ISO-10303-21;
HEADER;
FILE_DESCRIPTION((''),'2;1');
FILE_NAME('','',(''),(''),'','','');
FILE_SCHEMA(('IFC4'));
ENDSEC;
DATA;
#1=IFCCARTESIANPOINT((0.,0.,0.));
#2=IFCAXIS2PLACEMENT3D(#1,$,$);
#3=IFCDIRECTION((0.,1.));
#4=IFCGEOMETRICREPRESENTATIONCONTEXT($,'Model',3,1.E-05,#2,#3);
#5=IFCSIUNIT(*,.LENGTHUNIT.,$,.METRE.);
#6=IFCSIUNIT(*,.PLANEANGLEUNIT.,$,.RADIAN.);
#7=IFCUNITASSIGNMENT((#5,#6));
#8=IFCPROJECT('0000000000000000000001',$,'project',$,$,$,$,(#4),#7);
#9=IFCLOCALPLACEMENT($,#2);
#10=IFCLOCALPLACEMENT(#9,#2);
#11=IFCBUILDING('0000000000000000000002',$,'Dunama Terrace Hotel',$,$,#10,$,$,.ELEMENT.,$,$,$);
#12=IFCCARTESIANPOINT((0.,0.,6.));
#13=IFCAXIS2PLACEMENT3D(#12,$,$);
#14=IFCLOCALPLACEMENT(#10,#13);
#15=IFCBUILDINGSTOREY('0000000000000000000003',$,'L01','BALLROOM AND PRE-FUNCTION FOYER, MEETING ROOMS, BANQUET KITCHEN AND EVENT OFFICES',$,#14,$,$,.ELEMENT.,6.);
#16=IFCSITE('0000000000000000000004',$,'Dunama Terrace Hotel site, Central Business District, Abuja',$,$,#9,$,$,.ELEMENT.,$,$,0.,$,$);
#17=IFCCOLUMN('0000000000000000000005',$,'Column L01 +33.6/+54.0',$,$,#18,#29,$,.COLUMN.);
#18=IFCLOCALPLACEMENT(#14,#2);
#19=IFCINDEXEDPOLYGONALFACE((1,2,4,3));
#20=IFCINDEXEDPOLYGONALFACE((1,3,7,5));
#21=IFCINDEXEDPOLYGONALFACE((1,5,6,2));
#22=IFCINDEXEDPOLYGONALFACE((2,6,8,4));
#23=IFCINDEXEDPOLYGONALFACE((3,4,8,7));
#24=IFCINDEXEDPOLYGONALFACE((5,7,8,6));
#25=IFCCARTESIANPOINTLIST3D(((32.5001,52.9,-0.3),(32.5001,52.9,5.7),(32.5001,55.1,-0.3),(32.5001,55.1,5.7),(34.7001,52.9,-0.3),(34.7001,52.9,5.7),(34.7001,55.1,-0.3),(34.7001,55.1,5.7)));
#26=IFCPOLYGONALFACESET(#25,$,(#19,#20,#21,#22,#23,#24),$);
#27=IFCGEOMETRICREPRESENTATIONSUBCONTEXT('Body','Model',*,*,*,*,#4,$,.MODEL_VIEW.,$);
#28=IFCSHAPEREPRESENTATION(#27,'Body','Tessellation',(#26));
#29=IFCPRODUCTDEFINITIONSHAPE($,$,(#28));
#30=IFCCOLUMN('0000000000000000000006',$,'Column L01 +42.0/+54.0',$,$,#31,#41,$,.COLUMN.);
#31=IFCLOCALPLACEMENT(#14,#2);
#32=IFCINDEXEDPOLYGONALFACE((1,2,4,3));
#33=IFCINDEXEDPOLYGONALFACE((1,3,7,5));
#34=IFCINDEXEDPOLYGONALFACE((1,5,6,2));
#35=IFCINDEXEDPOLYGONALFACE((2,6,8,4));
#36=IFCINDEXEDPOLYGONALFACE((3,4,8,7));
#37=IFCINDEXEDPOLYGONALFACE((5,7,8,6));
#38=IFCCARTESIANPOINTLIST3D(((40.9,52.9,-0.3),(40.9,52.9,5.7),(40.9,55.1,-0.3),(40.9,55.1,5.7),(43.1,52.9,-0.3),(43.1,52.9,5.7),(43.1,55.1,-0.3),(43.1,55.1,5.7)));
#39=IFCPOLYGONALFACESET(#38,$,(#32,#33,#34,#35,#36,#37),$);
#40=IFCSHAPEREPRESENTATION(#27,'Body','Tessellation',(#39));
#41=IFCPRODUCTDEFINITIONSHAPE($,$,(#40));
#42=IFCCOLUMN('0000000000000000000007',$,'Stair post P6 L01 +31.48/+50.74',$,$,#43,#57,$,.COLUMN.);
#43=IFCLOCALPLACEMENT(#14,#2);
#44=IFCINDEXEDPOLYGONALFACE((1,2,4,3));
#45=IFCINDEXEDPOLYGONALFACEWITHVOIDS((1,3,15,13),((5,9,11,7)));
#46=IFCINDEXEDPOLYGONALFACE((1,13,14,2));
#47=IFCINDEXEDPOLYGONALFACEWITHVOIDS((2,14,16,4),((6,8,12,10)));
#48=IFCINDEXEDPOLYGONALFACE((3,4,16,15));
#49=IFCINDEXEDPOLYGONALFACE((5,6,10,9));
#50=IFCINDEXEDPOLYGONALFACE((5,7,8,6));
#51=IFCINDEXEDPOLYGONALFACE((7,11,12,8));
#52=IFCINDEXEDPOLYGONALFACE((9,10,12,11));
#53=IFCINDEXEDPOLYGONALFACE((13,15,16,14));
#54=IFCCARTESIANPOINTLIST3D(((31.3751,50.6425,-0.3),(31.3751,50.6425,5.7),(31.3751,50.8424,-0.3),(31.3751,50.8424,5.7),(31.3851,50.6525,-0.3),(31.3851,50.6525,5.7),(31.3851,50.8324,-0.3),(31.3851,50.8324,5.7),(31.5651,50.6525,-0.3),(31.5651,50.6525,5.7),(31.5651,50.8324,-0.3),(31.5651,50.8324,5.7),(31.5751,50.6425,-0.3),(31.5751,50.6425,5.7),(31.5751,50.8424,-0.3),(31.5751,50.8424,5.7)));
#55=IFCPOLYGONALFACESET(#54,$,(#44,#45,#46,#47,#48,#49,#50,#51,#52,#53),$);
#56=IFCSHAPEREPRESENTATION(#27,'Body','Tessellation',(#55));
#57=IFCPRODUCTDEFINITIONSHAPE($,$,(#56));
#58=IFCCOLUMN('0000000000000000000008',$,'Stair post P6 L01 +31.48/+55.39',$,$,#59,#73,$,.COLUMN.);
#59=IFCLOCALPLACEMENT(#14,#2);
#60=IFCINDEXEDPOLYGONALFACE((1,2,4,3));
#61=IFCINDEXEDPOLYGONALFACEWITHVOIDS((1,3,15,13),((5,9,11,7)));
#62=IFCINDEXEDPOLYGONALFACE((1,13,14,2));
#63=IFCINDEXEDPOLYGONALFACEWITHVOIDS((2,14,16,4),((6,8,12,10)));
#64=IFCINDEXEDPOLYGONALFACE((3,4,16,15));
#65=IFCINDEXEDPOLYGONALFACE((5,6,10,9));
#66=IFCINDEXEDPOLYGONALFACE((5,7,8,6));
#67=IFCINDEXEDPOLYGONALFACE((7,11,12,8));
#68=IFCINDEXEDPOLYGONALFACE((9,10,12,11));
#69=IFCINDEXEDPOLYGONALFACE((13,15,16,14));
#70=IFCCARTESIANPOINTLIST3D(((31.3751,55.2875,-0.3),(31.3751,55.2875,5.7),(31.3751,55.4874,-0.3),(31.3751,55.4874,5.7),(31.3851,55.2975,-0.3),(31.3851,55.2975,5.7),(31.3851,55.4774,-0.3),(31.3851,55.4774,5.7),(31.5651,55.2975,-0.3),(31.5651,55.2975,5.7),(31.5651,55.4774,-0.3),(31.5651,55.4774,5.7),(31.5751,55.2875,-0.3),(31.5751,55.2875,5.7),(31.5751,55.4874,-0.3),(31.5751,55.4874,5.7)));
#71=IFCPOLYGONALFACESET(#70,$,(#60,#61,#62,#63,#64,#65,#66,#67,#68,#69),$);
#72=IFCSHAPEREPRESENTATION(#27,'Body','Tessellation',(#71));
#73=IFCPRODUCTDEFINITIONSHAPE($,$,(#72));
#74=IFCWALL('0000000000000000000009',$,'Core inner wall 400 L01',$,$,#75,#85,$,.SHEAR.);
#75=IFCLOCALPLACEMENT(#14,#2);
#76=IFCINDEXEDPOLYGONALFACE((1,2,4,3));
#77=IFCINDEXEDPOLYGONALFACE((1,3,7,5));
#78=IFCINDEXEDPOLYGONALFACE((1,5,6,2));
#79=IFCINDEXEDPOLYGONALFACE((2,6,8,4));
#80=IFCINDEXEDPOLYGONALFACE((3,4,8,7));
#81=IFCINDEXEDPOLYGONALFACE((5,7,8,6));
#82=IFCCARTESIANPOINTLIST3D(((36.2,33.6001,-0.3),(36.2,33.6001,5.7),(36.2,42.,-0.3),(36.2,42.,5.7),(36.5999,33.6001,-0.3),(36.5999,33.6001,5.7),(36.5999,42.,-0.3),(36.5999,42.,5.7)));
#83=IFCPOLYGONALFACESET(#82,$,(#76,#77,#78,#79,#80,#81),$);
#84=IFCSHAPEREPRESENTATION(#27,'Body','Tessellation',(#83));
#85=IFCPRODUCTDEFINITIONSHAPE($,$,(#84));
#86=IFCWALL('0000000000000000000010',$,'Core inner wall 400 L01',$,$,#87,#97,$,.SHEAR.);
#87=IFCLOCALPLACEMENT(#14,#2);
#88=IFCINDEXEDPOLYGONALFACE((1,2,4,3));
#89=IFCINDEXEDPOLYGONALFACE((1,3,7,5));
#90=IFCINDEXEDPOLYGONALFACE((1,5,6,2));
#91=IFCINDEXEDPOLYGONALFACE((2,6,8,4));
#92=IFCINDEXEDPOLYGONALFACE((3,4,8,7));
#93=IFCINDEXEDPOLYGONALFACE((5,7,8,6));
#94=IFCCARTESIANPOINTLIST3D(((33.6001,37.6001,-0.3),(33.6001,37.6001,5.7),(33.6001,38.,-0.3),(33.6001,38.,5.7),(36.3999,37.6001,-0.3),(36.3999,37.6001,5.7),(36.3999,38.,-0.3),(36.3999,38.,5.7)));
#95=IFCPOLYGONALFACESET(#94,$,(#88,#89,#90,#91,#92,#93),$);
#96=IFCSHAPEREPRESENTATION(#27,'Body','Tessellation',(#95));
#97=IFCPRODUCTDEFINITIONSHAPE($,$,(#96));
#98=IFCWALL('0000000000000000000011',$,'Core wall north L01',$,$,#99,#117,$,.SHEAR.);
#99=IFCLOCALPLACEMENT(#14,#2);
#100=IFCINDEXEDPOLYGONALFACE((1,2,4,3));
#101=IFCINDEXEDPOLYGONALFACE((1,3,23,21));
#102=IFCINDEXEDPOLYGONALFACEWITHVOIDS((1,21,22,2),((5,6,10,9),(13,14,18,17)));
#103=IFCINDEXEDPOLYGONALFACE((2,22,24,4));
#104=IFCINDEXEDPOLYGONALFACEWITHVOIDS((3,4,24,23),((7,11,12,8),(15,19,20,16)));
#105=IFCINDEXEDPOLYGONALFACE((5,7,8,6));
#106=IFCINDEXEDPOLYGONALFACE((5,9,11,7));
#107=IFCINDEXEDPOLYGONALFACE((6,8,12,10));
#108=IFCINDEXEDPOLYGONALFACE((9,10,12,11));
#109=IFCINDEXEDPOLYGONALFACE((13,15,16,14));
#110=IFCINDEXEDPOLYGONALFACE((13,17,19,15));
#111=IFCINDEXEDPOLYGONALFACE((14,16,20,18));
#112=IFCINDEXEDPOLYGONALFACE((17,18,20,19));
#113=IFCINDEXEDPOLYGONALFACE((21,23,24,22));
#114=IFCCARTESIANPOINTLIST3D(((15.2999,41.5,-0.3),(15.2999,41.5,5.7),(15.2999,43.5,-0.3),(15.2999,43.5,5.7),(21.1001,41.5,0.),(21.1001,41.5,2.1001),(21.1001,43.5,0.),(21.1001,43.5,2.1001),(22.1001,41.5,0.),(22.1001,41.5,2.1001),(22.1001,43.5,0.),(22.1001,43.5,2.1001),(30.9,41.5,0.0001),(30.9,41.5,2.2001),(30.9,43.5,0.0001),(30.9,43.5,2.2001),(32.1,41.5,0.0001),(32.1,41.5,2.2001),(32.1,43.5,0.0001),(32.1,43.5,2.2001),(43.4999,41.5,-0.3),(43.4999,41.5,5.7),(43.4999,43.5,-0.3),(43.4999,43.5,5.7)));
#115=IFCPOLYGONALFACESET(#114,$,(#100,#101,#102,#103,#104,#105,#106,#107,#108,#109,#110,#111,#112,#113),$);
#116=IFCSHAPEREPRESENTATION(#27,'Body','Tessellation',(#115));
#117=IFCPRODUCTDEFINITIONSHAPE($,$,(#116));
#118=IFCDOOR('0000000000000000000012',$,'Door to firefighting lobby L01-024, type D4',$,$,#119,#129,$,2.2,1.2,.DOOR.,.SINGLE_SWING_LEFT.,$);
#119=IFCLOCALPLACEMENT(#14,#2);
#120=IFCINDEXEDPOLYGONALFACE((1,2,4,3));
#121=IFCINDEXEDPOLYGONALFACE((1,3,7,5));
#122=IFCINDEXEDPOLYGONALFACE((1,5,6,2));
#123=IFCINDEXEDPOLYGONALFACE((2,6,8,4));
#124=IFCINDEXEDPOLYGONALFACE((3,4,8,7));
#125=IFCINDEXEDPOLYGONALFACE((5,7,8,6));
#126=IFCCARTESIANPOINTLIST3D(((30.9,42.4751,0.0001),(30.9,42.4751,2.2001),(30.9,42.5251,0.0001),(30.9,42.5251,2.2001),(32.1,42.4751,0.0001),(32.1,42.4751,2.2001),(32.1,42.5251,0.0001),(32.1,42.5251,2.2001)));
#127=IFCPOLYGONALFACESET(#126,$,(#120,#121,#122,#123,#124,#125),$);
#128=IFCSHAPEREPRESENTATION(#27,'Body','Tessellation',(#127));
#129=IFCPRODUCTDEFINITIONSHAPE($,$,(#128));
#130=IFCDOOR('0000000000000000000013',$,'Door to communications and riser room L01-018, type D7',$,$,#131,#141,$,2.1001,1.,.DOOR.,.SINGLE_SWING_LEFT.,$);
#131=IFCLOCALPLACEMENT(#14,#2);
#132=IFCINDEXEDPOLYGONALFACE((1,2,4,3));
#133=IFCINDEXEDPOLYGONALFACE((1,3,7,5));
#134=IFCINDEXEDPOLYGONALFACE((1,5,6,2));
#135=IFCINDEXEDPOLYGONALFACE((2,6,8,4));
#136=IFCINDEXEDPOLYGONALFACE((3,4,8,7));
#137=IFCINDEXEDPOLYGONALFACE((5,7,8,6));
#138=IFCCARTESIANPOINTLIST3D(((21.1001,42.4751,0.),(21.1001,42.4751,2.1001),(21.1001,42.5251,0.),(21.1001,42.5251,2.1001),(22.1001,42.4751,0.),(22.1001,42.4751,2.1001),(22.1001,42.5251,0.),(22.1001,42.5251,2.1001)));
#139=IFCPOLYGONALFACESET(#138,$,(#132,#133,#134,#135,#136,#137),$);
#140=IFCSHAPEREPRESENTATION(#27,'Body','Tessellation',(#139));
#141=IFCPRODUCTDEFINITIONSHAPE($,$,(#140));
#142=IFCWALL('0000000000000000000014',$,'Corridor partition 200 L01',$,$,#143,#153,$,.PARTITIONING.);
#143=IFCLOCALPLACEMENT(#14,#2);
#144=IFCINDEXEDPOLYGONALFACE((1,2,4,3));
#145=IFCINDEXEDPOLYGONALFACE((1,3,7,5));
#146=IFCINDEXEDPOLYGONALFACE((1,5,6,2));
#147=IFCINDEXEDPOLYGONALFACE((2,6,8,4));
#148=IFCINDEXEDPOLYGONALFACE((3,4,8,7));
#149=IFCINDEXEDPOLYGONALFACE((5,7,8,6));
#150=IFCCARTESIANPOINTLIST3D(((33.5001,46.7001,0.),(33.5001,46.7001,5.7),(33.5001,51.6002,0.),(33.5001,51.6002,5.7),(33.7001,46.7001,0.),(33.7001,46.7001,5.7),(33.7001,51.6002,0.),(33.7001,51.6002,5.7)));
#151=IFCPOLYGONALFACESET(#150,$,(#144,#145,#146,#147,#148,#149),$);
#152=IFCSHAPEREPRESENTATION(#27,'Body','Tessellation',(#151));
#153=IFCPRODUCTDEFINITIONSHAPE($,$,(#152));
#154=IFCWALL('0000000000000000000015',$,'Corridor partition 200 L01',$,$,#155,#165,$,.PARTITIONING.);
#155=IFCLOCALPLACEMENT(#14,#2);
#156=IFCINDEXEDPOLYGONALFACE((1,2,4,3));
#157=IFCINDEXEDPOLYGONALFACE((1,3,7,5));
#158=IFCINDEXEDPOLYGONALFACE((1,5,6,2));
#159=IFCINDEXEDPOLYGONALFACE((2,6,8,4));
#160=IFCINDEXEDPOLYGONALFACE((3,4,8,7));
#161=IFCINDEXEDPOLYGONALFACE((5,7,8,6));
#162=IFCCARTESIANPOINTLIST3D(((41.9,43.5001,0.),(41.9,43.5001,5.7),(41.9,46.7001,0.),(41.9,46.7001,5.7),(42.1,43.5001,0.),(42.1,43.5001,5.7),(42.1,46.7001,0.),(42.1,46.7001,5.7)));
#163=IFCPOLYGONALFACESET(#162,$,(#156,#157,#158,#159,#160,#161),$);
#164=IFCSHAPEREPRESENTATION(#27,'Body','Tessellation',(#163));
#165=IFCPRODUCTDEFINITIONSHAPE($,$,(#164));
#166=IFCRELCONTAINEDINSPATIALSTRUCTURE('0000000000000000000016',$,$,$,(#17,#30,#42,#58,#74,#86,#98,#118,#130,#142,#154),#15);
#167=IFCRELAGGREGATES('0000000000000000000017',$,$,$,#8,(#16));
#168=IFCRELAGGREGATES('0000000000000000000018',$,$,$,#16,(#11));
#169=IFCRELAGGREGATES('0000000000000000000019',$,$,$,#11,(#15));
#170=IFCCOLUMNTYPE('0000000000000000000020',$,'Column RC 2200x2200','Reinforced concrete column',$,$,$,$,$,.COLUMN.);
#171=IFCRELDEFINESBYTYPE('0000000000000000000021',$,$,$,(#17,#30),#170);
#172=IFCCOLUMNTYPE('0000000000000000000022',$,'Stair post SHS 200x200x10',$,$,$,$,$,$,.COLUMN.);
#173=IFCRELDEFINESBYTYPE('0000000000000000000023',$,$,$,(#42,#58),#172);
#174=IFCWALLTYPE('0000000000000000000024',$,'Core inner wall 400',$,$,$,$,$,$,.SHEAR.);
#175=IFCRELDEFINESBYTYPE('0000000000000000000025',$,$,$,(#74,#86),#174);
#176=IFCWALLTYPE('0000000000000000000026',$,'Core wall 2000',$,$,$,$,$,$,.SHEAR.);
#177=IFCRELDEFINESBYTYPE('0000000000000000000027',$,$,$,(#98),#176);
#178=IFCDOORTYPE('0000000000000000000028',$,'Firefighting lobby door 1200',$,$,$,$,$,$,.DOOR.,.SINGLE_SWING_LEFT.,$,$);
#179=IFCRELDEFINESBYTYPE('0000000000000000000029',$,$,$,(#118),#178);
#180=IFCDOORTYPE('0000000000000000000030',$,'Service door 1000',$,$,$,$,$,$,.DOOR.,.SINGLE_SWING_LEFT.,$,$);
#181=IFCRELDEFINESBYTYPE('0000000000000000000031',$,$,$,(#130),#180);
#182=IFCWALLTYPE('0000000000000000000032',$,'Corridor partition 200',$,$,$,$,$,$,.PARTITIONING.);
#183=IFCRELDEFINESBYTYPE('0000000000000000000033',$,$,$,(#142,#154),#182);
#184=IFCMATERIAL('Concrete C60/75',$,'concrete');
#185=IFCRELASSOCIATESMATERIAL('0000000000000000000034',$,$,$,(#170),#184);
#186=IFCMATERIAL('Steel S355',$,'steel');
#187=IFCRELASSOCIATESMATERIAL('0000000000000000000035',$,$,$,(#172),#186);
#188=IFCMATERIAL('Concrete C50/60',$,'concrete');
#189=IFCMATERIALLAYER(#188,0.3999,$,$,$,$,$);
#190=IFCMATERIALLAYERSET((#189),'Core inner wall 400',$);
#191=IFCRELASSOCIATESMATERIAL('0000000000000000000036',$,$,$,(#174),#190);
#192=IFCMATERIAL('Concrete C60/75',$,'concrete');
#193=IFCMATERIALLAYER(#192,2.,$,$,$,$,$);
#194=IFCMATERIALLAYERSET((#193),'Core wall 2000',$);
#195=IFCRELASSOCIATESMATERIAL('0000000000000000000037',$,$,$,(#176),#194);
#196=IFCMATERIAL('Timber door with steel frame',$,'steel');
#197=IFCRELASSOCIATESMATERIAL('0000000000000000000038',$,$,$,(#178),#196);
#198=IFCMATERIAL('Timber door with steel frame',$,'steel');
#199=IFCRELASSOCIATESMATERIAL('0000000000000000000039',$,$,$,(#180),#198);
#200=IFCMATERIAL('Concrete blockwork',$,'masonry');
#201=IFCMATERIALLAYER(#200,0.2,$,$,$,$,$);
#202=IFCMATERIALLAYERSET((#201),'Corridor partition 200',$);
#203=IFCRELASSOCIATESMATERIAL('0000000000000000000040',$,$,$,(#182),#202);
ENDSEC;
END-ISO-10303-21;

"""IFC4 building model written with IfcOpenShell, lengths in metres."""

from ifc_helpers import new_model, si_unit, direction, frame, frame_2d, origin, origin_2d, place, context, subcontext, project, spatial, rectangle, hollow_rectangle, extrude, material, layer, layer_set, material_profile, profile_set, type_object, element, fill, save


model = new_model("IFC4")

# Units and contexts
model_context = context("Model", 3, precision=1e-05, world=origin(), true_north=direction((0.0, 1.0)))
body_context = subcontext(model_context, "Body", "Model", "MODEL_VIEW")
ifc_project = project(units=[si_unit("LENGTHUNIT", "METRE"), si_unit("PLANEANGLEUNIT", "RADIAN")], contexts=[model_context])

# Site, building, storey
site_placement = place(None, origin())
site = spatial("IfcSite", under=ifc_project, at=site_placement, Name="Dunama Terrace Hotel site, Central Business District, Abuja", CompositionType="ELEMENT", RefElevation=0.0)
building_placement = place(site_placement, origin())
building = spatial("IfcBuilding", under=site, at=building_placement, Name="Dunama Terrace Hotel", CompositionType="ELEMENT")
storey_placement = place(building_placement, frame((0.0, 0.0, 6.0)))
storey = spatial("IfcBuildingStorey", under=building, at=storey_placement, Name="L01", Description="BALLROOM AND PRE-FUNCTION FOYER, MEETING ROOMS, BANQUET KITCHEN AND EVENT OFFICES", CompositionType="ELEMENT", Elevation=6.0)

# Columns
ifc_material_1 = material(Name="Concrete C60/75", Category="concrete")
ifc_material_profile_1 = material_profile(ifc_material_1, rectangle(XDim=2.2, YDim=2.2, at=origin_2d()), Name="RC 2200x2200")
ifc_profile_set_1 = profile_set([ifc_material_profile_1], Name="Concrete C60/75")
column_type_1 = type_object("IfcColumnType", Name="Column RC 2200x2200", Description="Reinforced concrete column", PredefinedType="COLUMN", material=ifc_profile_set_1)
for number, where, z_axis, x_axis, name in (
    (1, (33.6001, 54.0, -0.3), (0.0, 0.0, 1.0), (1.0, 0.0, 0.0), "Column L01 +33.6/+54.0"),
    (2, (42.0, 54.0, -0.3), (0.0, 0.0, 1.0), (1.0, 0.0, 0.0), "Column L01 +42.0/+54.0"),
):
    element("IfcColumn", number, at=place(storey_placement, frame(where, z_axis=z_axis, x_axis=x_axis)), inside=storey, type_object=column_type_1, Name=name, PredefinedType="COLUMN", context=body_context, shape_type="SweptSolid", body=[
        extrude(rectangle(XDim=2.2, YDim=2.2, at=origin_2d()), origin(), (0.0, 0.0, 1.0), 6.0),
    ])
ifc_material_2 = material(Name="Steel S355", Category="steel")
ifc_material_profile_2 = material_profile(ifc_material_2, hollow_rectangle(XDim=0.2, YDim=0.2, WallThickness=0.01, at=origin_2d()), Name="SHS 200x200x10")
ifc_profile_set_2 = profile_set([ifc_material_profile_2], Name="Steel S355")
column_type_2 = type_object("IfcColumnType", Name="Stair post SHS 200x200x10", PredefinedType="COLUMN", material=ifc_profile_set_2)
for number, where, z_axis, x_axis, name in (
    (3, (31.4751, 50.7424, -0.3), (0.0, 0.0, 1.0), (1.0, 0.0, 0.0), "Stair post P6 L01 +31.48/+50.74"),
    (4, (31.4751, 55.3875, -0.3), (0.0, 0.0, 1.0), (1.0, 0.0, 0.0), "Stair post P6 L01 +31.48/+55.39"),
):
    element("IfcColumn", number, at=place(storey_placement, frame(where, z_axis=z_axis, x_axis=x_axis)), inside=storey, type_object=column_type_2, Name=name, PredefinedType="COLUMN", context=body_context, shape_type="SweptSolid", body=[
        extrude(hollow_rectangle(XDim=0.2, YDim=0.2, WallThickness=0.01, at=origin_2d()), origin(), (0.0, 0.0, 1.0), 6.0),
    ])

# Walls
ifc_material_3 = material(Name="Concrete C50/60", Category="concrete")
ifc_layer_1 = layer(ifc_material_3, 0.3999)
ifc_layer_set_1 = layer_set([ifc_layer_1], Name="Core inner wall 400")
wall_type_1 = type_object("IfcWallType", Name="Core inner wall 400", PredefinedType="SHEAR", material=ifc_layer_set_1)
wall_1_placement = place(storey_placement, frame((36.3999, 33.6001, -0.3), z_axis=(0.0, 0.0, 1.0), x_axis=(0.0, 1.0, 0.0)))
element("IfcWall", 5, at=wall_1_placement, inside=storey, type_object=wall_type_1, Name="Core inner wall 400 L01", PredefinedType="SHEAR", context=body_context, shape_type="SweptSolid", body=[
    extrude(rectangle(XDim=8.3999, YDim=0.3999, at=frame_2d((4.2, 0.0))), origin(), (0.0, 0.0, 1.0), 6.0),
])
wall_2_placement = place(storey_placement, frame((33.6001, 37.8, -0.3), z_axis=(0.0, 0.0, 1.0), x_axis=(1.0, 0.0, 0.0)))
element("IfcWall", 6, at=wall_2_placement, inside=storey, type_object=wall_type_1, Name="Core inner wall 400 L01", PredefinedType="SHEAR", context=body_context, shape_type="SweptSolid", body=[
    extrude(rectangle(XDim=2.7998, YDim=0.3999, at=frame_2d((1.3999, 0.0))), origin(), (0.0, 0.0, 1.0), 6.0),
])

# Wall, openings, doors
ifc_material_4 = material(Name="Concrete C60/75", Category="concrete")
ifc_layer_2 = layer(ifc_material_4, 2.0)
ifc_layer_set_2 = layer_set([ifc_layer_2], Name="Core wall 2000")
wall_type_2 = type_object("IfcWallType", Name="Core wall 2000", PredefinedType="SHEAR", material=ifc_layer_set_2)
wall_3_placement = place(storey_placement, frame((43.5, 42.5, -0.3), z_axis=(0.0, 0.0, 1.0), x_axis=(-1.0, 0.0, 0.0)))
wall_3 = element("IfcWall", 7, at=wall_3_placement, inside=storey, type_object=wall_type_2, Name="Core wall north L01", PredefinedType="SHEAR", context=body_context, shape_type="SweptSolid", body=[
    extrude(rectangle(XDim=28.2, YDim=2.0, at=frame_2d((14.1001, 0.0))), origin(), (0.0, 0.0, 1.0), 6.0),
])
opening_1_placement = place(wall_3_placement, frame((21.3999, 0.0, 0.3)))
opening_1 = element("IfcOpeningElement", 8, at=opening_1_placement, cuts=wall_3, PredefinedType="OPENING", context=body_context, shape_type="SweptSolid", body=[
    extrude(rectangle(XDim=1.0, YDim=2.1001, at=frame_2d((0.5, 1.05))), frame((0.0, 1.01, 0.0), z_axis=(0.0, -1.0, 0.0), x_axis=(1.0, 0.0, 0.0)), (0.0, 0.0, 1.0), 2.02),
])
opening_2_placement = place(wall_3_placement, frame((11.3999, 0.0, 0.3)))
opening_2 = element("IfcOpeningElement", 9, at=opening_2_placement, cuts=wall_3, PredefinedType="OPENING", context=body_context, shape_type="SweptSolid", body=[
    extrude(rectangle(XDim=1.2, YDim=2.2, at=frame_2d((0.6001, 1.1001))), frame((0.0, 1.01, 0.0), z_axis=(0.0, -1.0, 0.0), x_axis=(1.0, 0.0, 0.0)), (0.0, 0.0, 1.0), 2.02),
])
ifc_material_5 = material(Name="Timber door with steel frame", Category="steel")
door_type_1 = type_object("IfcDoorType", Name="Firefighting lobby door 1200", OperationType="SINGLE_SWING_LEFT", PredefinedType="DOOR", material=ifc_material_5)
door_1_placement = place(opening_2_placement, origin())
door_1 = element("IfcDoor", 10, at=door_1_placement, inside=storey, type_object=door_type_1, Name="Door to firefighting lobby L01-024, type D4", OperationType="SINGLE_SWING_LEFT", OverallHeight=2.2, OverallWidth=1.2, PredefinedType="DOOR", context=body_context, shape_type="SweptSolid", body=[
    extrude(rectangle(XDim=1.2, YDim=2.2, at=frame_2d((0.6001, 1.1001))), frame((0.0, 0.0249, 0.0), z_axis=(0.0, -1.0, 0.0), x_axis=(1.0, 0.0, 0.0)), (0.0, 0.0, 1.0), 0.05),
])
fill(opening_2, door_1)
ifc_material_6 = material(Name="Timber door with steel frame", Category="steel")
door_type_2 = type_object("IfcDoorType", Name="Service door 1000", OperationType="SINGLE_SWING_LEFT", PredefinedType="DOOR", material=ifc_material_6)
door_2_placement = place(opening_1_placement, origin())
door_2 = element("IfcDoor", 11, at=door_2_placement, inside=storey, type_object=door_type_2, Name="Door to communications and riser room L01-018, type D7", OperationType="SINGLE_SWING_LEFT", OverallHeight=2.1001, OverallWidth=1.0, PredefinedType="DOOR", context=body_context, shape_type="SweptSolid", body=[
    extrude(rectangle(XDim=1.0, YDim=2.1001, at=frame_2d((0.5, 1.05))), frame((0.0, 0.0249, 0.0), z_axis=(0.0, -1.0, 0.0), x_axis=(1.0, 0.0, 0.0)), (0.0, 0.0, 1.0), 0.05),
])
fill(opening_1, door_2)

# Walls
ifc_material_7 = material(Name="Concrete blockwork", Category="masonry")
ifc_layer_3 = layer(ifc_material_7, 0.2)
ifc_layer_set_3 = layer_set([ifc_layer_3], Name="Corridor partition 200")
wall_type_3 = type_object("IfcWallType", Name="Corridor partition 200", PredefinedType="PARTITIONING", material=ifc_layer_set_3)
wall_4_placement = place(storey_placement, frame((33.6001, 46.7, 0.0), z_axis=(0.0, 0.0, 1.0), x_axis=(0.0, 1.0, 0.0)))
element("IfcWall", 12, at=wall_4_placement, inside=storey, type_object=wall_type_3, Name="Corridor partition 200 L01", PredefinedType="PARTITIONING", context=body_context, shape_type="SweptSolid", body=[
    extrude(rectangle(XDim=4.9001, YDim=0.2, at=frame_2d((2.4502, 0.0))), origin(), (0.0, 0.0, 1.0), 5.7),
])
wall_5_placement = place(storey_placement, frame((42.0, 43.5, 0.0), z_axis=(0.0, 0.0, 1.0), x_axis=(0.0, 1.0, 0.0)))
element("IfcWall", 13, at=wall_5_placement, inside=storey, type_object=wall_type_3, Name="Corridor partition 200 L01", PredefinedType="PARTITIONING", context=body_context, shape_type="SweptSolid", body=[
    extrude(rectangle(XDim=3.2, YDim=0.2, at=frame_2d((1.6001, 0.0))), origin(), (0.0, 0.0, 1.0), 5.7),
])

save(model, "model.ifc")
